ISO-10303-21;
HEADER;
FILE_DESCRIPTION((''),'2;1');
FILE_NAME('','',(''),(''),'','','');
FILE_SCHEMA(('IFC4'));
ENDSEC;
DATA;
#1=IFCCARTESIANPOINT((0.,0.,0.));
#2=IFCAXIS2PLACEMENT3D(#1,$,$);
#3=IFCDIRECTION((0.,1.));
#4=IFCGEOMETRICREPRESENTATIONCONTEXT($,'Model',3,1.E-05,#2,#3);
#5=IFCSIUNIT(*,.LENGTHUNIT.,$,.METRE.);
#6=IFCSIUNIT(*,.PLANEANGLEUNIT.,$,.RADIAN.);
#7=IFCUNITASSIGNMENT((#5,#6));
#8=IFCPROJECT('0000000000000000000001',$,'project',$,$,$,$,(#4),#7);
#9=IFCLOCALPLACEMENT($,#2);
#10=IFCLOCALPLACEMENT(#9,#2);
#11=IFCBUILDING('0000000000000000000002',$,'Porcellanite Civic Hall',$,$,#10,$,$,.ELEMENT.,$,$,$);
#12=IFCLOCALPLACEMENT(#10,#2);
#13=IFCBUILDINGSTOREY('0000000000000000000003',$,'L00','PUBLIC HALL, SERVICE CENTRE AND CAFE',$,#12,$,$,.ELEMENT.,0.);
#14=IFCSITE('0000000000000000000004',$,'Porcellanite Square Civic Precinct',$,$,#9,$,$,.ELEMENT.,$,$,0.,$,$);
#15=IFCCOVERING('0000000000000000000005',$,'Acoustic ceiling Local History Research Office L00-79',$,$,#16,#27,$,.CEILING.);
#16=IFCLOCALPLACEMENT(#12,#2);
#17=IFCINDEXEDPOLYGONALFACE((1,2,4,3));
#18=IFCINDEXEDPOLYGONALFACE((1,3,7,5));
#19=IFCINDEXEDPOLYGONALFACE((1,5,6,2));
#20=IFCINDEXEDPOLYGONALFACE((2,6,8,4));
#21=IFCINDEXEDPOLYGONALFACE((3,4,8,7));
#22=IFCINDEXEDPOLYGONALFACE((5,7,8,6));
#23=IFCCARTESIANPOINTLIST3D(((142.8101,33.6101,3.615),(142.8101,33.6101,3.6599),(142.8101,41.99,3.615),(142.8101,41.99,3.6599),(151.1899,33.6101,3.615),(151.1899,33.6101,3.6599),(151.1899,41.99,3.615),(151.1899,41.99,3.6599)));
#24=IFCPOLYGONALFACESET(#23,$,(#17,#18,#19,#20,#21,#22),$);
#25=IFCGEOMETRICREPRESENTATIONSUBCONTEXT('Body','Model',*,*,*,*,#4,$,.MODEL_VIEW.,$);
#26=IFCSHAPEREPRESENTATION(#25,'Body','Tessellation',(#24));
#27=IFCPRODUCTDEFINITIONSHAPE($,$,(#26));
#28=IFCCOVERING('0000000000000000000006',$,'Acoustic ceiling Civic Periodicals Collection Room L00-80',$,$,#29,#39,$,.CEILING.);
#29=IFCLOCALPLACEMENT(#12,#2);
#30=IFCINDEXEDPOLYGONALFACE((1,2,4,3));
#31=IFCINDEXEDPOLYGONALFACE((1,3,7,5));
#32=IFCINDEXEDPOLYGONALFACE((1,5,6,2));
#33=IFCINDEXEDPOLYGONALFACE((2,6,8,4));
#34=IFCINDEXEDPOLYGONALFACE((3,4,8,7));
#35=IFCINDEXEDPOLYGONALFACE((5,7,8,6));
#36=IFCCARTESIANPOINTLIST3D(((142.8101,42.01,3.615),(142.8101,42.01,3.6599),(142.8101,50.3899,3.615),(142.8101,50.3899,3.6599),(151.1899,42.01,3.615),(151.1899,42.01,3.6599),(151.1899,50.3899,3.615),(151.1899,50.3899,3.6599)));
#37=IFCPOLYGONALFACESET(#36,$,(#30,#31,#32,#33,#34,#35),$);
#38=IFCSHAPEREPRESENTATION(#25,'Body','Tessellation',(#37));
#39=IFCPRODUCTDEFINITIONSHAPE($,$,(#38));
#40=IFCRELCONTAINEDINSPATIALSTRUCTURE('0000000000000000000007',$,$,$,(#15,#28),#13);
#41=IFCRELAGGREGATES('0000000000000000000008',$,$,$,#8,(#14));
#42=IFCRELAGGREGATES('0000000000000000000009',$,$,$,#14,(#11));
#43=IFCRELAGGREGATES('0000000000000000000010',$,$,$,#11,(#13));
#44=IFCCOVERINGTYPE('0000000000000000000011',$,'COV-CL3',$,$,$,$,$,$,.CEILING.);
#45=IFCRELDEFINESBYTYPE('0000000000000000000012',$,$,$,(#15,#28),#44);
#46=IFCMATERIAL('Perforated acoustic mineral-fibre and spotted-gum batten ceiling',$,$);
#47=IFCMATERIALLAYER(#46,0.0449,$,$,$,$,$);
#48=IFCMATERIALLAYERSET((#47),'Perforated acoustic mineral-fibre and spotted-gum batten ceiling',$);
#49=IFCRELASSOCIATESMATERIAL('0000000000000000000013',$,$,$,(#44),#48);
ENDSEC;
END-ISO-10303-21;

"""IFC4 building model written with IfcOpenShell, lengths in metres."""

from ifc_helpers import new_model, si_unit, direction, frame, origin, place, context, subcontext, project, spatial, polyline, outline, extrude, material, layer, layer_set, type_object, element, save


model = new_model("IFC4")

# Units and contexts
model_context = context("Model", 3, precision=1e-05, world=origin(), true_north=direction((0.0, 1.0)))
body_context = subcontext(model_context, "Body", "Model", "MODEL_VIEW")
ifc_project = project(units=[si_unit("LENGTHUNIT", "METRE"), si_unit("PLANEANGLEUNIT", "RADIAN")], contexts=[model_context])

# Site, building, storey
site_placement = place(None, origin())
site = spatial("IfcSite", under=ifc_project, at=site_placement, Name="Porcellanite Square Civic Precinct", CompositionType="ELEMENT", RefElevation=0.0)
building_placement = place(site_placement, origin())
building = spatial("IfcBuilding", under=site, at=building_placement, Name="Porcellanite Civic Hall", CompositionType="ELEMENT")
storey_placement = place(building_placement, origin())
storey = spatial("IfcBuildingStorey", under=building, at=storey_placement, Name="L00", Description="PUBLIC HALL, SERVICE CENTRE AND CAFE", CompositionType="ELEMENT", Elevation=0.0)

# Coverings
ifc_material_1 = material(Name="Perforated acoustic mineral-fibre and spotted-gum batten ceiling")
ifc_layer_1 = layer(ifc_material_1, 0.0449)
ifc_layer_set_1 = layer_set([ifc_layer_1], Name="Perforated acoustic mineral-fibre and spotted-gum batten ceiling")
covering_type_1 = type_object("IfcCoveringType", Name="COV-CL3", PredefinedType="CEILING", material=ifc_layer_set_1)
covering_1_placement = place(storey_placement, frame((0.0, 0.0, 3.615)))
element("IfcCovering", 1, at=covering_1_placement, inside=storey, type_object=covering_type_1, Name="Acoustic ceiling Local History Research Office L00-79", PredefinedType="CEILING", context=body_context, shape_type="SweptSolid", body=[
    extrude(outline(polyline([(142.8101, 33.6101), (151.1899, 33.6101), (151.1899, 41.99), (142.8101, 41.99), (142.8101, 33.6101)])), origin(), (0.0, 0.0, 1.0), 0.0449),
])
covering_2_placement = place(storey_placement, frame((0.0, 0.0, 3.615)))
element("IfcCovering", 2, at=covering_2_placement, inside=storey, type_object=covering_type_1, Name="Acoustic ceiling Civic Periodicals Collection Room L00-80", PredefinedType="CEILING", context=body_context, shape_type="SweptSolid", body=[
    extrude(outline(polyline([(142.8101, 42.01), (151.1899, 42.01), (151.1899, 50.3899), (142.8101, 50.3899), (142.8101, 42.01)])), origin(), (0.0, 0.0, 1.0), 0.0449),
])

save(model, "model.ifc")
